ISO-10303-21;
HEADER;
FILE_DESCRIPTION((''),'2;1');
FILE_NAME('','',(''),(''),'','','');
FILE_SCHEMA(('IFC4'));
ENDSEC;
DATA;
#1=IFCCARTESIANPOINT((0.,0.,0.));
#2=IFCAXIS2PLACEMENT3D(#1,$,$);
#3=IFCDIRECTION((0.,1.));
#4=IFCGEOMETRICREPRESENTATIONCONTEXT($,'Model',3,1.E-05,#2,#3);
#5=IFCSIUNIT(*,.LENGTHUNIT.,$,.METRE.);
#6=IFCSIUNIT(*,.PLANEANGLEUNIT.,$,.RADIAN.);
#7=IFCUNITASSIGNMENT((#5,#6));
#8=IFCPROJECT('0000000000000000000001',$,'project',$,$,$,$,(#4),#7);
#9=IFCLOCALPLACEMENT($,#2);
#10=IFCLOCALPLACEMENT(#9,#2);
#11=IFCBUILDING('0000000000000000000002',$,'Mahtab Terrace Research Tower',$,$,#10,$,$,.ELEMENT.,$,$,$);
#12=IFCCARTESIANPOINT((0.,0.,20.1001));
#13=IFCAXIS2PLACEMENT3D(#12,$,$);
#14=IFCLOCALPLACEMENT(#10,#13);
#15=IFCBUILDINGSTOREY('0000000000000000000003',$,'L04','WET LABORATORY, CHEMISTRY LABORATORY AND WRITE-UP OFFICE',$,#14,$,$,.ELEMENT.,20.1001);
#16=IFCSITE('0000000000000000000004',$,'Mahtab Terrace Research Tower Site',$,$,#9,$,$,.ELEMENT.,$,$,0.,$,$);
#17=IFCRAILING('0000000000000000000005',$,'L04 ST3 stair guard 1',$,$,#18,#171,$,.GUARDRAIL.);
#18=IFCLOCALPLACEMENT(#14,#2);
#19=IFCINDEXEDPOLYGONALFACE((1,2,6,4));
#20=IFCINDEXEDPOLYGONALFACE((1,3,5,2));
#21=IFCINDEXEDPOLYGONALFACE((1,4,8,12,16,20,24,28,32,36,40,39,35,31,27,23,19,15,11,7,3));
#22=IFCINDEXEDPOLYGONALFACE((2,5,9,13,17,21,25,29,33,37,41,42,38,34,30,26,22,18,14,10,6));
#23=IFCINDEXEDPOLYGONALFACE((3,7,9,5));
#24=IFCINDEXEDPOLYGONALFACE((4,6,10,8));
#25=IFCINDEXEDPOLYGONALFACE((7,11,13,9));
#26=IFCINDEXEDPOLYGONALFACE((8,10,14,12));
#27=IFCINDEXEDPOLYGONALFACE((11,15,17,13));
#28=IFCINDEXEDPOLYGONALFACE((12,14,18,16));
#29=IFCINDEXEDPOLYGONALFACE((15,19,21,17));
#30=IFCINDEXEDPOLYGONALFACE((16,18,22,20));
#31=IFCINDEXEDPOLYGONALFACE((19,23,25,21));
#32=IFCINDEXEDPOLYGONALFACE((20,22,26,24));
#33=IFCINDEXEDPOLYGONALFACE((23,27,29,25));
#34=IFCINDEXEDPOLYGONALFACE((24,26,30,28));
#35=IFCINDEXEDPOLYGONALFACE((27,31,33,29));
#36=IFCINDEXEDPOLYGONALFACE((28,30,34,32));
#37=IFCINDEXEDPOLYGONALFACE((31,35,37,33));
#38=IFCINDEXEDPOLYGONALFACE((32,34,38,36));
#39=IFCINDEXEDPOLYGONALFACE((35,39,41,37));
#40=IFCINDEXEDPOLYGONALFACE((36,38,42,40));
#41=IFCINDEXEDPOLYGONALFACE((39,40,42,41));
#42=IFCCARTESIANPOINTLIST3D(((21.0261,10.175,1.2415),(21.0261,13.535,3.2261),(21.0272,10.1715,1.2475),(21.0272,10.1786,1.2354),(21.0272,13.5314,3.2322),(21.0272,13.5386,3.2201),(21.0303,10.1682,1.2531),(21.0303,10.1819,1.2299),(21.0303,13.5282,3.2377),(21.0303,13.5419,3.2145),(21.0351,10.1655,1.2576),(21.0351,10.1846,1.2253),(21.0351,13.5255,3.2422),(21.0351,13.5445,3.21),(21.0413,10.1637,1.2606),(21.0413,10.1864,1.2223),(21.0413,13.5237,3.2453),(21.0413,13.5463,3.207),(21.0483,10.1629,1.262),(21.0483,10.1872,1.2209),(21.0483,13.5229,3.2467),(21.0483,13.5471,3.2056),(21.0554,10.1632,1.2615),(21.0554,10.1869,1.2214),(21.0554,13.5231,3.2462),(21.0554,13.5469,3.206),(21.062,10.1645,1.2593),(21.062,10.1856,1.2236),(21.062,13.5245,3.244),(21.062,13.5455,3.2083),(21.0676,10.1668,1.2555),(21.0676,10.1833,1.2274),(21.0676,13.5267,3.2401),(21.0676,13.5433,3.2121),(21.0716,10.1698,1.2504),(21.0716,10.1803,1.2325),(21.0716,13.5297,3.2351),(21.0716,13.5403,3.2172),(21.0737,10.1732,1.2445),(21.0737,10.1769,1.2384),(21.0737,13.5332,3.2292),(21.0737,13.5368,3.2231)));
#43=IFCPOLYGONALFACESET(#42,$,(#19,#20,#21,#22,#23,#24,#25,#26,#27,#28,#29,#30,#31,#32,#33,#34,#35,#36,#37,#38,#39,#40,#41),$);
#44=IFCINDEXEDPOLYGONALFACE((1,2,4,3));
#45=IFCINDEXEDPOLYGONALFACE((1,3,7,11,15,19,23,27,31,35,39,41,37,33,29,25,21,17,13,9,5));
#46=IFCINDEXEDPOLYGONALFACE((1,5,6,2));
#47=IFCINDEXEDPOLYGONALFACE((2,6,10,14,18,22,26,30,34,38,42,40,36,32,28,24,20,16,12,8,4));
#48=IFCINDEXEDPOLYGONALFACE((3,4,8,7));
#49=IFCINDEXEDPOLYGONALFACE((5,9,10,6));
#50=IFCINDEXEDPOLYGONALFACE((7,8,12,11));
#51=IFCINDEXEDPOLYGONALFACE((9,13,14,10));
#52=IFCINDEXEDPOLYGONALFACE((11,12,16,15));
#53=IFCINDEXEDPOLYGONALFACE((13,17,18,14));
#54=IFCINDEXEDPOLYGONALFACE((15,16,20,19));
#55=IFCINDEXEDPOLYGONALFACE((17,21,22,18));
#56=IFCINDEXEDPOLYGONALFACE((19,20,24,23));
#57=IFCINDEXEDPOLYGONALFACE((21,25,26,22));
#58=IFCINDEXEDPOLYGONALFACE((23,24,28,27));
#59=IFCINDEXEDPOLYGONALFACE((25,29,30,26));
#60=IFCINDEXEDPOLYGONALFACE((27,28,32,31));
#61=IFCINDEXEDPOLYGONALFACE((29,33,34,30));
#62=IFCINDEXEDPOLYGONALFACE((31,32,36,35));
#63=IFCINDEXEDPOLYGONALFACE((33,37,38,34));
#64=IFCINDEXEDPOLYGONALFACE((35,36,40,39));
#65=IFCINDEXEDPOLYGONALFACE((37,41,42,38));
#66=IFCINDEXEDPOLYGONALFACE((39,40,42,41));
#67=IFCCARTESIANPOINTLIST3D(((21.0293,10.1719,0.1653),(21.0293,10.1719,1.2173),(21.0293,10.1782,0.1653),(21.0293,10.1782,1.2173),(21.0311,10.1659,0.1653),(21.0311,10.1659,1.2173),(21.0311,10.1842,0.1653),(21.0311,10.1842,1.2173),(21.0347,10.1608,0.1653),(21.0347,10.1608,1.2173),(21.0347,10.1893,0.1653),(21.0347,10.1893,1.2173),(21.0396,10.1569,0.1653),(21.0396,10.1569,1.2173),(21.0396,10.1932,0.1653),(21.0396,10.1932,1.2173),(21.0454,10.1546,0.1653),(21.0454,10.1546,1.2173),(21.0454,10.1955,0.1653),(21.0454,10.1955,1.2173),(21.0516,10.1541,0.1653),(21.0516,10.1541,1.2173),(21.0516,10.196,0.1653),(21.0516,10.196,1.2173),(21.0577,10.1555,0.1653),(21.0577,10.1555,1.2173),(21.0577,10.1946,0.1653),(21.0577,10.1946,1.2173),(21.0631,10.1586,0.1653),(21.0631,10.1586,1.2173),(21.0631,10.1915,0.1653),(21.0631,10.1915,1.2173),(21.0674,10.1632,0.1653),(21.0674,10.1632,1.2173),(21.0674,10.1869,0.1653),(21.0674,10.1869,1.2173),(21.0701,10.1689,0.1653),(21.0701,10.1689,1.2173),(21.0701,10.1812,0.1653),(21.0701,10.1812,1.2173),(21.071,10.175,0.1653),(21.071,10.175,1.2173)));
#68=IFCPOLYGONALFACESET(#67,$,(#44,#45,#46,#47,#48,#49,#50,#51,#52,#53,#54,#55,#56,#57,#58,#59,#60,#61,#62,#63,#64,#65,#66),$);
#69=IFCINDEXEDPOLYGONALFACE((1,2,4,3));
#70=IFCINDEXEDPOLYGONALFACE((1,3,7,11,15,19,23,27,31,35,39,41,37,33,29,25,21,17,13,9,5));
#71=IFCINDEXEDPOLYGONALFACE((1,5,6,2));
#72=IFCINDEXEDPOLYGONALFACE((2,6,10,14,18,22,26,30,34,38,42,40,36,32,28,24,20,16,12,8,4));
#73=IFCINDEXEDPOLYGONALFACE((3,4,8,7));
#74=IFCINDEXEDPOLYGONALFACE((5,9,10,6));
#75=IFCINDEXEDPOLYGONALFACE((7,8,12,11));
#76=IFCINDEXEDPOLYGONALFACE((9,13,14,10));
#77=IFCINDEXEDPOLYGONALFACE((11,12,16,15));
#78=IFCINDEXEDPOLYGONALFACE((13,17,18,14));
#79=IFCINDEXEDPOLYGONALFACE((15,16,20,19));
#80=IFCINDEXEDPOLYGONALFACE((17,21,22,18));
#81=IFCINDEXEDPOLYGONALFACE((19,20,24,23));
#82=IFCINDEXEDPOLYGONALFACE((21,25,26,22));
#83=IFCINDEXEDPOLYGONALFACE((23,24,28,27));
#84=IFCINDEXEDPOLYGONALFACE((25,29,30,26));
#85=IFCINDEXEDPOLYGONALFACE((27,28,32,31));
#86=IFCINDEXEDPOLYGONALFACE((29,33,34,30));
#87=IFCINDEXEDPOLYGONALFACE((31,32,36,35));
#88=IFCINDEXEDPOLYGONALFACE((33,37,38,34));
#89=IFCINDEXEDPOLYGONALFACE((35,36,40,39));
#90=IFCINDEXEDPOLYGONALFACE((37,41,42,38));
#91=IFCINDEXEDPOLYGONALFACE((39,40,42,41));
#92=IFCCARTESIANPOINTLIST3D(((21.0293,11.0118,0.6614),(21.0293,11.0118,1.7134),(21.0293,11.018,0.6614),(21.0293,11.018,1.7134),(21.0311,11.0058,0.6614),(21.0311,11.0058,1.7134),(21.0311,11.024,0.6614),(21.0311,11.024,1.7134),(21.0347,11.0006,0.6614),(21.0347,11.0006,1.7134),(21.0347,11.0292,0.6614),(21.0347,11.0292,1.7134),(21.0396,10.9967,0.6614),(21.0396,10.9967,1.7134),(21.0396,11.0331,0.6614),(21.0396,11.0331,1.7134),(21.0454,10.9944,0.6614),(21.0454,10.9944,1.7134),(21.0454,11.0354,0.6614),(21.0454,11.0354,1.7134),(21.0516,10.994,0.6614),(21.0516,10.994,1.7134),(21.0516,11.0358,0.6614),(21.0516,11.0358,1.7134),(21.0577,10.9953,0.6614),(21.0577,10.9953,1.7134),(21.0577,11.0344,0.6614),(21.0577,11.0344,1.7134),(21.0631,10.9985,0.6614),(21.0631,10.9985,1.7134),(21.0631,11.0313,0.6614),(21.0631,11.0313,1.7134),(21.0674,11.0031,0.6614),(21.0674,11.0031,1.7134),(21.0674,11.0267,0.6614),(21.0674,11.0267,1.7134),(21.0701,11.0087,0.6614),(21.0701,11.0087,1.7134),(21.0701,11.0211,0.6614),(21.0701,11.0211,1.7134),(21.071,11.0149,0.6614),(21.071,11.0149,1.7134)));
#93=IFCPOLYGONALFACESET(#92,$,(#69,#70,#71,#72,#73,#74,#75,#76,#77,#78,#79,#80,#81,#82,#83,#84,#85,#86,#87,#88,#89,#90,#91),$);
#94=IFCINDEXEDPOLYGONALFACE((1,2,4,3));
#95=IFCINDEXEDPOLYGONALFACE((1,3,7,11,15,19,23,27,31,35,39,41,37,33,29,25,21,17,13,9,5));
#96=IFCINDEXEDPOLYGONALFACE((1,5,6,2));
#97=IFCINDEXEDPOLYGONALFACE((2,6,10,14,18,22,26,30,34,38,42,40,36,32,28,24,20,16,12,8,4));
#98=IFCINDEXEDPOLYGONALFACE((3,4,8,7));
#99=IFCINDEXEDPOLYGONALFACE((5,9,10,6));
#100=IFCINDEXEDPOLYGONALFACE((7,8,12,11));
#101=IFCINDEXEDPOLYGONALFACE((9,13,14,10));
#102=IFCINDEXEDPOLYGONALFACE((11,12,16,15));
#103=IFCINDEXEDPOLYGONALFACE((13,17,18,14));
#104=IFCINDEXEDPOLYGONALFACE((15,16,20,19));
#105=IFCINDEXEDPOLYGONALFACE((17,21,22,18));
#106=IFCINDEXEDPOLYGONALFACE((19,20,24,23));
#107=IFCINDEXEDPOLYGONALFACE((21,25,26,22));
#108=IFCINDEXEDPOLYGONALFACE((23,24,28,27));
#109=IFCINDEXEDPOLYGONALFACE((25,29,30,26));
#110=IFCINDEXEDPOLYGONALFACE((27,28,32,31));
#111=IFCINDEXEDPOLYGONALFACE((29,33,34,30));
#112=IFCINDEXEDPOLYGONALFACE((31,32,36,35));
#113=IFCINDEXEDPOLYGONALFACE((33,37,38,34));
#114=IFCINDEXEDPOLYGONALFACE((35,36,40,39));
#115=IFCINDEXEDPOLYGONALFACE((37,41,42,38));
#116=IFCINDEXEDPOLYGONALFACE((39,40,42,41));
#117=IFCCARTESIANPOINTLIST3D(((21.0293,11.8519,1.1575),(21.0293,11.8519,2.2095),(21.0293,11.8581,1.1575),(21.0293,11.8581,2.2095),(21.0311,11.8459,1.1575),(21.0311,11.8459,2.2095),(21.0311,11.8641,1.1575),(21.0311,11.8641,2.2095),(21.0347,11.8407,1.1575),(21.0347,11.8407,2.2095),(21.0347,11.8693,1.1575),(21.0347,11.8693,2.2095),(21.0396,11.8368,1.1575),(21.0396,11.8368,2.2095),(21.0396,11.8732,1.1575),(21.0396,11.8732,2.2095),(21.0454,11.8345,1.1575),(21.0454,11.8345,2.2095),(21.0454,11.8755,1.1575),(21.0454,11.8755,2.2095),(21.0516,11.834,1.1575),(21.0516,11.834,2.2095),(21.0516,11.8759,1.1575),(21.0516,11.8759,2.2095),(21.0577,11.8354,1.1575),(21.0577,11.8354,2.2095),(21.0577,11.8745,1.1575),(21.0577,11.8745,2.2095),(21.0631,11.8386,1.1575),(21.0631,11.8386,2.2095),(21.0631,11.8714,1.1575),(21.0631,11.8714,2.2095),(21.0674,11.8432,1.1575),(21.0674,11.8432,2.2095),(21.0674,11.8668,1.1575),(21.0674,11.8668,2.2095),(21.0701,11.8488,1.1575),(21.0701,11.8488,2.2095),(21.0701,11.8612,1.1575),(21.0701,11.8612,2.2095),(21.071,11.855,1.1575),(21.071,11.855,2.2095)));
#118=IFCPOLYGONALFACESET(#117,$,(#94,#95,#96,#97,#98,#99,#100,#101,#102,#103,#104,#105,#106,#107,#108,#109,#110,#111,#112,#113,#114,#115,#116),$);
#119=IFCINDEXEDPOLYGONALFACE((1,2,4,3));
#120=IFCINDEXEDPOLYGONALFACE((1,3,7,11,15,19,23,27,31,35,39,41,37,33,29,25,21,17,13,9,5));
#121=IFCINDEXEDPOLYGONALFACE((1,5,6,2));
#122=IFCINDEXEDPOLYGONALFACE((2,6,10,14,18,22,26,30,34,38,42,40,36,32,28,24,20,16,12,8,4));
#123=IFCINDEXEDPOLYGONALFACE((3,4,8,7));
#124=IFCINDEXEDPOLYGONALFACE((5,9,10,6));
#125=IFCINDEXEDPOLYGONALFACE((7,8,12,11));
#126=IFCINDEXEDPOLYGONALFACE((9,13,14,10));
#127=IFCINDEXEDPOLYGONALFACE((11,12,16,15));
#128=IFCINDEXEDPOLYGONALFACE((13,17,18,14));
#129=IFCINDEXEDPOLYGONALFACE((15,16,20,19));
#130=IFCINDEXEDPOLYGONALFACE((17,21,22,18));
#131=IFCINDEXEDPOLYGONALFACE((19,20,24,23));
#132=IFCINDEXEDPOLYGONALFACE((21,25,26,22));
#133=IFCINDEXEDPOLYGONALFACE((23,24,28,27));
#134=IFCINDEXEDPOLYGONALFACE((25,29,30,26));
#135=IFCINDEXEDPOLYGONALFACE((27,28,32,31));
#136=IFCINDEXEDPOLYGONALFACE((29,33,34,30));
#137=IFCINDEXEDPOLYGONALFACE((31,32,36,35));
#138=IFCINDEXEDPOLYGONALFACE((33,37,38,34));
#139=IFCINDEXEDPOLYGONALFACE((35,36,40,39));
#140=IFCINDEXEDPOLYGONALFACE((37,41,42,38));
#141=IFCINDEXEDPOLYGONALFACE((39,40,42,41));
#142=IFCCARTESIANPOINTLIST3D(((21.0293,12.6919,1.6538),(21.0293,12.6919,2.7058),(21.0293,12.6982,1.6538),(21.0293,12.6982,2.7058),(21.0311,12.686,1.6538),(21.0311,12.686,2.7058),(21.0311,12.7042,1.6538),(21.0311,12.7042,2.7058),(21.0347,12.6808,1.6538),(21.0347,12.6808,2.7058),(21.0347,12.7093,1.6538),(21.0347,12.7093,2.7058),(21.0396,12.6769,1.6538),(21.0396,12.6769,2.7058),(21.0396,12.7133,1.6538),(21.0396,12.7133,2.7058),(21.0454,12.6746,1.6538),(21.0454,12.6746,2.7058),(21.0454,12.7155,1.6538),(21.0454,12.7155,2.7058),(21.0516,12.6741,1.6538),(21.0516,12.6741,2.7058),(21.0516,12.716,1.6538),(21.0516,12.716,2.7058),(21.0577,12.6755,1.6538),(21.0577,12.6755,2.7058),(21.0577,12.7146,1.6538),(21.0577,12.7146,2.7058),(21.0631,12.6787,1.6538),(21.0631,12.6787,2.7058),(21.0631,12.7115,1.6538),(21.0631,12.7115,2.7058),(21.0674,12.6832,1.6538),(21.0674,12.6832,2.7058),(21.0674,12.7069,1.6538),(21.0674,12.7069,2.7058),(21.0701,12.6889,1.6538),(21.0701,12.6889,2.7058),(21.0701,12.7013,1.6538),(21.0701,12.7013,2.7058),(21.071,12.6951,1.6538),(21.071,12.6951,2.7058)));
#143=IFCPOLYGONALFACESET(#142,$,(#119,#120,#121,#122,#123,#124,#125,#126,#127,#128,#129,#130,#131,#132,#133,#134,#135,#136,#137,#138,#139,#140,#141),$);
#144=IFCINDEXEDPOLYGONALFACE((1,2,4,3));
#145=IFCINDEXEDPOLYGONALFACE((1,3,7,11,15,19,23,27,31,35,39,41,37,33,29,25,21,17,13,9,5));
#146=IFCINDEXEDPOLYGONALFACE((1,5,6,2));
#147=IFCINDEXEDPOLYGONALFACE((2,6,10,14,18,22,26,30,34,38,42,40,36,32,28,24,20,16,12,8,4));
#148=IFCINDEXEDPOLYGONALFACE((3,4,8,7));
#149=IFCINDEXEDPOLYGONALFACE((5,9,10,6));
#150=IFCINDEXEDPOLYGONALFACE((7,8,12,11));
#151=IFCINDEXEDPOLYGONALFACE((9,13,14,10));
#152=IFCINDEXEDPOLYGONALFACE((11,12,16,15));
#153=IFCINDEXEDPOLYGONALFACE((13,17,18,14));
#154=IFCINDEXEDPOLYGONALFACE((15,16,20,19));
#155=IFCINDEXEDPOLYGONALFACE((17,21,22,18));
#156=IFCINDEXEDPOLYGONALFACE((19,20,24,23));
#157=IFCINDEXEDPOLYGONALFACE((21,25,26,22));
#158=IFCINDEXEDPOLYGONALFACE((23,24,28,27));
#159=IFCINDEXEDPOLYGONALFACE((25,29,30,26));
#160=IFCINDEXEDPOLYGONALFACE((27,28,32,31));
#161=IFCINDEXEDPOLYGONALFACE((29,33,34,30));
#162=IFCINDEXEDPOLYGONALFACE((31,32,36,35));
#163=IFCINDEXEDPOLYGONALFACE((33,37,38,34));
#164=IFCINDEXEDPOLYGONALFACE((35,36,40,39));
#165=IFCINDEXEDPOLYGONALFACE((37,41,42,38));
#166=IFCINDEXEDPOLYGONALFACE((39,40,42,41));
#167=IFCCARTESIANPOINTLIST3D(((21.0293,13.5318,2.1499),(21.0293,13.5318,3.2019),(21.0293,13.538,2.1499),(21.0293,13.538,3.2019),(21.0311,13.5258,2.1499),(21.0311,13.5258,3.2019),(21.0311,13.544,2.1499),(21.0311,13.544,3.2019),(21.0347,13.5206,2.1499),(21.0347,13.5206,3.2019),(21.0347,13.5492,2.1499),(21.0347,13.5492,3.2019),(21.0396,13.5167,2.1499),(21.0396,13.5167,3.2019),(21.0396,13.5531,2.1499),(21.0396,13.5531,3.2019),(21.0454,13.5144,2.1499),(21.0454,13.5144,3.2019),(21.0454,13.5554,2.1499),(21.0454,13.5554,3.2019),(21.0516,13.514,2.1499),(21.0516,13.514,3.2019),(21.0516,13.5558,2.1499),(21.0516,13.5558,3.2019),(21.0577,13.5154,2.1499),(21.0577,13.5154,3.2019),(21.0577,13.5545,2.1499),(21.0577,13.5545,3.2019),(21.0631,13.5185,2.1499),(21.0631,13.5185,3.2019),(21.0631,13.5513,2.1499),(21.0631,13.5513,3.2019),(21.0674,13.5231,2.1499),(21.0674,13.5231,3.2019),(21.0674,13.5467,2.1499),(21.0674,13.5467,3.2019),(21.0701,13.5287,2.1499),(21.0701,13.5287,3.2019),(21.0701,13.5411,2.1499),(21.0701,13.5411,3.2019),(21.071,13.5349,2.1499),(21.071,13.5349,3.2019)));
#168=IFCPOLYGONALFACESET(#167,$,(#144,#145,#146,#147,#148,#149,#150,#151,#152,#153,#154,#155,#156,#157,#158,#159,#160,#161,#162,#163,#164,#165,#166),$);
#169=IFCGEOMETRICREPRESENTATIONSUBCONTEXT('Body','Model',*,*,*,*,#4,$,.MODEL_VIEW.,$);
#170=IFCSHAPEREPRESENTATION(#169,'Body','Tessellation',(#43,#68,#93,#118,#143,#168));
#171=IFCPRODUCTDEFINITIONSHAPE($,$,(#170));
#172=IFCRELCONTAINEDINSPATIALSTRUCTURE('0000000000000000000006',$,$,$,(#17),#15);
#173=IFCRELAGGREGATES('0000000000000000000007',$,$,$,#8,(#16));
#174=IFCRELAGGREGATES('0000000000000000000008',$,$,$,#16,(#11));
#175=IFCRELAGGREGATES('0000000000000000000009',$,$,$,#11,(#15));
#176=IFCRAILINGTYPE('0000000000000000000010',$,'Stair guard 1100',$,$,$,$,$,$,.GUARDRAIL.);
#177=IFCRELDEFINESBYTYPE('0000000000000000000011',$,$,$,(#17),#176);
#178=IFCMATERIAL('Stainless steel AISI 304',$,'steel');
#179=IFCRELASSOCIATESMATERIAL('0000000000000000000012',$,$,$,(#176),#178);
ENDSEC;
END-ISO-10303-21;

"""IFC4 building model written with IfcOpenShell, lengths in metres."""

from ifc_helpers import new_model, si_unit, direction, frame, origin, origin_2d, place, context, subcontext, project, spatial, circle, extrude, material, type_object, element, save


model = new_model("IFC4")

# Units and contexts
model_context = context("Model", 3, precision=1e-05, world=origin(), true_north=direction((0.0, 1.0)))
body_context = subcontext(model_context, "Body", "Model", "MODEL_VIEW")
ifc_project = project(units=[si_unit("LENGTHUNIT", "METRE"), si_unit("PLANEANGLEUNIT", "RADIAN")], contexts=[model_context])

# Site, building, storey
site_placement = place(None, origin())
site = spatial("IfcSite", under=ifc_project, at=site_placement, Name="Mahtab Terrace Research Tower Site", CompositionType="ELEMENT", RefElevation=0.0)
building_placement = place(site_placement, origin())
building = spatial("IfcBuilding", under=site, at=building_placement, Name="Mahtab Terrace Research Tower", CompositionType="ELEMENT")
storey_placement = place(building_placement, frame((0.0, 0.0, 20.1001)))
storey = spatial("IfcBuildingStorey", under=building, at=storey_placement, Name="L04", Description="WET LABORATORY, CHEMISTRY LABORATORY AND WRITE-UP OFFICE", CompositionType="ELEMENT", Elevation=20.1001)

# Shared definitions
ifc_material_1 = material(Name="Stainless steel AISI 304", Category="steel")

# Railing
railing_type_1 = type_object("IfcRailingType", Name="Stair guard 1100", PredefinedType="GUARDRAIL", material=ifc_material_1)
railing_1_placement = place(storey_placement, frame((21.05, 10.175, 0.1653)))
element("IfcRailing", 1, at=railing_1_placement, inside=storey, type_object=railing_type_1, Name="L04 ST3 stair guard 1", PredefinedType="GUARDRAIL", context=body_context, shape_type="SweptSolid", body=[
    extrude(circle(Radius=0.0239, at=origin_2d()), frame((0.0, 0.0, 1.0762), z_axis=(0.0, 0.861011, 0.508586), x_axis=(-1.0, 0.0, 0.0)), (0.0, 0.0, 1.0), 3.9023),
    extrude(circle(Radius=0.021, at=origin_2d()), origin(), (0.0, 0.0, 1.0), 1.052),
    extrude(circle(Radius=0.021, at=origin_2d()), frame((0.0, 0.8398, 0.4961)), (0.0, 0.0, 1.0), 1.052),
    extrude(circle(Radius=0.021, at=origin_2d()), frame((0.0, 1.6799, 0.9922)), (0.0, 0.0, 1.0), 1.052),
    extrude(circle(Radius=0.021, at=origin_2d()), frame((0.0, 2.52, 1.4885)), (0.0, 0.0, 1.0), 1.052),
    extrude(circle(Radius=0.021, at=origin_2d()), frame((0.0, 3.3599, 1.9846)), (0.0, 0.0, 1.0), 1.052),
])

save(model, "model.ifc")
